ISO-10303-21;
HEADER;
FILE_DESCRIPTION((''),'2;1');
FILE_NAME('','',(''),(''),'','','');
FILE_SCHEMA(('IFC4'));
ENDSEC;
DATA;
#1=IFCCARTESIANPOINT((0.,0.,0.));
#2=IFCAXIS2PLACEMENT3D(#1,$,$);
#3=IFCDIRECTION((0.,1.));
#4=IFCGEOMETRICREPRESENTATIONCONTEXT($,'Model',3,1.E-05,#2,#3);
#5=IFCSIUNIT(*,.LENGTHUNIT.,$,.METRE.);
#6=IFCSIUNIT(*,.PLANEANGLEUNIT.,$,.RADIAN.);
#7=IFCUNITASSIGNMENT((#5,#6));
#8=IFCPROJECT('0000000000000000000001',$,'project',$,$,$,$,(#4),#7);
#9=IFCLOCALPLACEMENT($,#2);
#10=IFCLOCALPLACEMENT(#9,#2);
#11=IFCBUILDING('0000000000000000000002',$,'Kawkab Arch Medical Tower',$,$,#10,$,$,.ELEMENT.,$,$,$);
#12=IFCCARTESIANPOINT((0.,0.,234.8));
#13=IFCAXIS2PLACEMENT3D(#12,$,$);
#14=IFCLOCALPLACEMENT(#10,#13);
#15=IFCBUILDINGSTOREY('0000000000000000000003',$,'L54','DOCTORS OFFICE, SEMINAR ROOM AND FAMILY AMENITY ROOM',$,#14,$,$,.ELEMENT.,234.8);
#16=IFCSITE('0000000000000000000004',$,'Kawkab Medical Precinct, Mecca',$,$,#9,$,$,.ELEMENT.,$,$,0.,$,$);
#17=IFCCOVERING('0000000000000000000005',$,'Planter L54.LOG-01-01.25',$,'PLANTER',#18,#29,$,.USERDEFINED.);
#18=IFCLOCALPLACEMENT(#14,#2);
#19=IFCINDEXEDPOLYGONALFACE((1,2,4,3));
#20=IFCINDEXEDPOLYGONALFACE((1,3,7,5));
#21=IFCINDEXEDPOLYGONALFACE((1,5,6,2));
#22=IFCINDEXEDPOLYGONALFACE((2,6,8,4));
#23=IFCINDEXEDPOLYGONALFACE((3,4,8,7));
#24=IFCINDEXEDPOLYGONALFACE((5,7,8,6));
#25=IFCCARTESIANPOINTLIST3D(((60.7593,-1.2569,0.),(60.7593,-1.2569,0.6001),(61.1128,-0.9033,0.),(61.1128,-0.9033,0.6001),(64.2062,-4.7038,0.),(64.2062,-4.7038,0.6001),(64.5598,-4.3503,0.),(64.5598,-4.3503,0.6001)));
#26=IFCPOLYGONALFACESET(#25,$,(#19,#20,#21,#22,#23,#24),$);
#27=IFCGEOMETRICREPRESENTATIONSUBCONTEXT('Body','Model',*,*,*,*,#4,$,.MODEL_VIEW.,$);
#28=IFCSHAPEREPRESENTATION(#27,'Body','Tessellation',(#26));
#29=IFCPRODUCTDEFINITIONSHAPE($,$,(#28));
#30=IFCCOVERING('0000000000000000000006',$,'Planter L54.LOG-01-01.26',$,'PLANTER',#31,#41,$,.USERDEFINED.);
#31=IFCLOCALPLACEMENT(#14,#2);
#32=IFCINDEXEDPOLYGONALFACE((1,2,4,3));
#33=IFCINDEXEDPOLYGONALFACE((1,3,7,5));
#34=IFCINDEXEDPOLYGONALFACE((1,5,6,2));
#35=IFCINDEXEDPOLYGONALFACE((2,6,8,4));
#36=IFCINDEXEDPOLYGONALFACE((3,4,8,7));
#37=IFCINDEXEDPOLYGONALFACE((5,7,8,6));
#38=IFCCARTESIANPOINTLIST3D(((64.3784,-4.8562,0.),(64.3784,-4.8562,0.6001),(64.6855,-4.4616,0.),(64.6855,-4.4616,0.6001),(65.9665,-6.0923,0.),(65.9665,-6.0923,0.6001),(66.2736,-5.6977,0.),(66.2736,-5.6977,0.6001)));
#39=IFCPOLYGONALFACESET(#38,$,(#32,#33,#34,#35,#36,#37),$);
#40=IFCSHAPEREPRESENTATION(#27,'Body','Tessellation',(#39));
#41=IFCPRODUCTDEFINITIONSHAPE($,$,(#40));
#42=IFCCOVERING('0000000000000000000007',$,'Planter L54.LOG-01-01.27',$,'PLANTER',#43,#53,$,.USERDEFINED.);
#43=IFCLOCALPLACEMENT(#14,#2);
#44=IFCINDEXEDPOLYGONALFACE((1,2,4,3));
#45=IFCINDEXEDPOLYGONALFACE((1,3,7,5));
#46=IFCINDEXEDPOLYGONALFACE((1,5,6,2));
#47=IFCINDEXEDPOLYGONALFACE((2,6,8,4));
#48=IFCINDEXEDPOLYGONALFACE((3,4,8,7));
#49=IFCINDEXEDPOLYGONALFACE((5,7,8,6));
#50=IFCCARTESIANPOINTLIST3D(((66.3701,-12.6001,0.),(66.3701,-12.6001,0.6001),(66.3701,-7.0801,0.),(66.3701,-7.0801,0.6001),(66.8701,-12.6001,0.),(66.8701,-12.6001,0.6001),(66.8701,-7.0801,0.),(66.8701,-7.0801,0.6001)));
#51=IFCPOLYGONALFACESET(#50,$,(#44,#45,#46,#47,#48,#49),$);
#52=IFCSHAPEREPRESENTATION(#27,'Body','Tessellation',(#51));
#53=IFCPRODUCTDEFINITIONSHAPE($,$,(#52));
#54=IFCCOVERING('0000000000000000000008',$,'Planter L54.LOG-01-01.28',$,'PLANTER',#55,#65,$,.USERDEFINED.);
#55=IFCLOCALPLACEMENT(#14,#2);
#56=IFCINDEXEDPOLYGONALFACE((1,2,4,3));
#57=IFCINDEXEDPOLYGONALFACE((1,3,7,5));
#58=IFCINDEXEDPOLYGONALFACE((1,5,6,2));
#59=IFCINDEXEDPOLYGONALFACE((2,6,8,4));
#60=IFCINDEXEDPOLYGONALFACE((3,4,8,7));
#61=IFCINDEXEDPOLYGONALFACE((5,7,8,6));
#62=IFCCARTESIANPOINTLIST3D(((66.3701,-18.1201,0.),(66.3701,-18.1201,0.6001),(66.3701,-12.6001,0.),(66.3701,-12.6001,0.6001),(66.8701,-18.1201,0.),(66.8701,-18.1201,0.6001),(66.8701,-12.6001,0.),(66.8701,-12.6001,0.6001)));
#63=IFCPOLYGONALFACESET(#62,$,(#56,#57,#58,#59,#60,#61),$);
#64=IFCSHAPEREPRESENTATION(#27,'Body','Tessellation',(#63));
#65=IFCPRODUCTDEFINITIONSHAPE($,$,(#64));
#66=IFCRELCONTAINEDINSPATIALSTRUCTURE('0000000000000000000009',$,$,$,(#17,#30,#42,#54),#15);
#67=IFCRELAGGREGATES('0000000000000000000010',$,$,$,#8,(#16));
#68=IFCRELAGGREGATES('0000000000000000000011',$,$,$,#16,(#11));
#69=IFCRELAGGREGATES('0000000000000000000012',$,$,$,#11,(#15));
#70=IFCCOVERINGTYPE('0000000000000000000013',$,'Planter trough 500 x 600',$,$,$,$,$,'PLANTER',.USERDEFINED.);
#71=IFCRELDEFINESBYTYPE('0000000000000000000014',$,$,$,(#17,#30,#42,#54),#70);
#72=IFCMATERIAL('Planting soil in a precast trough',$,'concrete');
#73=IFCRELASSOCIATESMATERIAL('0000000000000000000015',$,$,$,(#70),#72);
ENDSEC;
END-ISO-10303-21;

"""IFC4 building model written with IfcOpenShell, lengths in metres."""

from ifc_helpers import new_model, si_unit, direction, frame, origin, origin_2d, place, context, subcontext, project, spatial, rectangle, extrude, material, material_profile, profile_set, type_object, element, save


model = new_model("IFC4")

# Units and contexts
model_context = context("Model", 3, precision=1e-05, world=origin(), true_north=direction((0.0, 1.0)))
body_context = subcontext(model_context, "Body", "Model", "MODEL_VIEW")
ifc_project = project(units=[si_unit("LENGTHUNIT", "METRE"), si_unit("PLANEANGLEUNIT", "RADIAN")], contexts=[model_context])

# Site, building, storey
site_placement = place(None, origin())
site = spatial("IfcSite", under=ifc_project, at=site_placement, Name="Kawkab Medical Precinct, Mecca", CompositionType="ELEMENT", RefElevation=0.0)
building_placement = place(site_placement, origin())
building = spatial("IfcBuilding", under=site, at=building_placement, Name="Kawkab Arch Medical Tower", CompositionType="ELEMENT")
storey_placement = place(building_placement, frame((0.0, 0.0, 234.8)))
storey = spatial("IfcBuildingStorey", under=building, at=storey_placement, Name="L54", Description="DOCTORS OFFICE, SEMINAR ROOM AND FAMILY AMENITY ROOM", CompositionType="ELEMENT", Elevation=234.8)

# Coverings
ifc_material_1 = material(Name="Planting soil in a precast trough", Category="concrete")
ifc_material_profile_1 = material_profile(ifc_material_1, rectangle(XDim=0.5, YDim=0.6001, at=origin_2d()), Name="Trough 500x600")
ifc_profile_set_1 = profile_set([ifc_material_profile_1], Name="Planting soil in a precast trough")
covering_type = type_object("IfcCoveringType", Name="Planter trough 500 x 600", ElementType="PLANTER", PredefinedType="USERDEFINED", material=ifc_profile_set_1)
covering_1_placement = place(storey_placement, frame((60.936, -1.0801, 0.3), z_axis=(0.707107, -0.707107, 0.0), x_axis=(0.707107, 0.707107, 0.0)))
element("IfcCovering", 1, at=covering_1_placement, inside=storey, type_object=covering_type, Name="Planter L54.LOG-01-01.25", ObjectType="PLANTER", PredefinedType="USERDEFINED", context=body_context, shape_type="SweptSolid", body=[
    extrude(rectangle(XDim=0.5, YDim=0.6001, at=origin_2d()), origin(), (0.0, 0.0, 1.0), 4.8748),
])
covering_2_placement = place(storey_placement, frame((64.532, -4.6589, 0.3), z_axis=(0.789143, -0.614209, 0.0), x_axis=(0.614209, 0.789143, 0.0)))
element("IfcCovering", 2, at=covering_2_placement, inside=storey, type_object=covering_type, Name="Planter L54.LOG-01-01.26", ObjectType="PLANTER", PredefinedType="USERDEFINED", context=body_context, shape_type="SweptSolid", body=[
    extrude(rectangle(XDim=0.5, YDim=0.6001, at=origin_2d()), origin(), (0.0, 0.0, 1.0), 2.0125),
])
for number, where, z_axis, x_axis, name in (
    (3, (66.6201, -7.0801, 0.3), (0.0, -1.0, 0.0), (1.0, 0.0, 0.0), "Planter L54.LOG-01-01.27"),
    (4, (66.6201, -12.6001, 0.3), (0.0, -1.0, 0.0), (1.0, 0.0, 0.0), "Planter L54.LOG-01-01.28"),
):
    element("IfcCovering", number, at=place(storey_placement, frame(where, z_axis=z_axis, x_axis=x_axis)), inside=storey, type_object=covering_type, Name=name, ObjectType="PLANTER", PredefinedType="USERDEFINED", context=body_context, shape_type="SweptSolid", body=[
        extrude(rectangle(XDim=0.5, YDim=0.6001, at=origin_2d()), origin(), (0.0, 0.0, 1.0), 5.52),
    ])

save(model, "model.ifc")
